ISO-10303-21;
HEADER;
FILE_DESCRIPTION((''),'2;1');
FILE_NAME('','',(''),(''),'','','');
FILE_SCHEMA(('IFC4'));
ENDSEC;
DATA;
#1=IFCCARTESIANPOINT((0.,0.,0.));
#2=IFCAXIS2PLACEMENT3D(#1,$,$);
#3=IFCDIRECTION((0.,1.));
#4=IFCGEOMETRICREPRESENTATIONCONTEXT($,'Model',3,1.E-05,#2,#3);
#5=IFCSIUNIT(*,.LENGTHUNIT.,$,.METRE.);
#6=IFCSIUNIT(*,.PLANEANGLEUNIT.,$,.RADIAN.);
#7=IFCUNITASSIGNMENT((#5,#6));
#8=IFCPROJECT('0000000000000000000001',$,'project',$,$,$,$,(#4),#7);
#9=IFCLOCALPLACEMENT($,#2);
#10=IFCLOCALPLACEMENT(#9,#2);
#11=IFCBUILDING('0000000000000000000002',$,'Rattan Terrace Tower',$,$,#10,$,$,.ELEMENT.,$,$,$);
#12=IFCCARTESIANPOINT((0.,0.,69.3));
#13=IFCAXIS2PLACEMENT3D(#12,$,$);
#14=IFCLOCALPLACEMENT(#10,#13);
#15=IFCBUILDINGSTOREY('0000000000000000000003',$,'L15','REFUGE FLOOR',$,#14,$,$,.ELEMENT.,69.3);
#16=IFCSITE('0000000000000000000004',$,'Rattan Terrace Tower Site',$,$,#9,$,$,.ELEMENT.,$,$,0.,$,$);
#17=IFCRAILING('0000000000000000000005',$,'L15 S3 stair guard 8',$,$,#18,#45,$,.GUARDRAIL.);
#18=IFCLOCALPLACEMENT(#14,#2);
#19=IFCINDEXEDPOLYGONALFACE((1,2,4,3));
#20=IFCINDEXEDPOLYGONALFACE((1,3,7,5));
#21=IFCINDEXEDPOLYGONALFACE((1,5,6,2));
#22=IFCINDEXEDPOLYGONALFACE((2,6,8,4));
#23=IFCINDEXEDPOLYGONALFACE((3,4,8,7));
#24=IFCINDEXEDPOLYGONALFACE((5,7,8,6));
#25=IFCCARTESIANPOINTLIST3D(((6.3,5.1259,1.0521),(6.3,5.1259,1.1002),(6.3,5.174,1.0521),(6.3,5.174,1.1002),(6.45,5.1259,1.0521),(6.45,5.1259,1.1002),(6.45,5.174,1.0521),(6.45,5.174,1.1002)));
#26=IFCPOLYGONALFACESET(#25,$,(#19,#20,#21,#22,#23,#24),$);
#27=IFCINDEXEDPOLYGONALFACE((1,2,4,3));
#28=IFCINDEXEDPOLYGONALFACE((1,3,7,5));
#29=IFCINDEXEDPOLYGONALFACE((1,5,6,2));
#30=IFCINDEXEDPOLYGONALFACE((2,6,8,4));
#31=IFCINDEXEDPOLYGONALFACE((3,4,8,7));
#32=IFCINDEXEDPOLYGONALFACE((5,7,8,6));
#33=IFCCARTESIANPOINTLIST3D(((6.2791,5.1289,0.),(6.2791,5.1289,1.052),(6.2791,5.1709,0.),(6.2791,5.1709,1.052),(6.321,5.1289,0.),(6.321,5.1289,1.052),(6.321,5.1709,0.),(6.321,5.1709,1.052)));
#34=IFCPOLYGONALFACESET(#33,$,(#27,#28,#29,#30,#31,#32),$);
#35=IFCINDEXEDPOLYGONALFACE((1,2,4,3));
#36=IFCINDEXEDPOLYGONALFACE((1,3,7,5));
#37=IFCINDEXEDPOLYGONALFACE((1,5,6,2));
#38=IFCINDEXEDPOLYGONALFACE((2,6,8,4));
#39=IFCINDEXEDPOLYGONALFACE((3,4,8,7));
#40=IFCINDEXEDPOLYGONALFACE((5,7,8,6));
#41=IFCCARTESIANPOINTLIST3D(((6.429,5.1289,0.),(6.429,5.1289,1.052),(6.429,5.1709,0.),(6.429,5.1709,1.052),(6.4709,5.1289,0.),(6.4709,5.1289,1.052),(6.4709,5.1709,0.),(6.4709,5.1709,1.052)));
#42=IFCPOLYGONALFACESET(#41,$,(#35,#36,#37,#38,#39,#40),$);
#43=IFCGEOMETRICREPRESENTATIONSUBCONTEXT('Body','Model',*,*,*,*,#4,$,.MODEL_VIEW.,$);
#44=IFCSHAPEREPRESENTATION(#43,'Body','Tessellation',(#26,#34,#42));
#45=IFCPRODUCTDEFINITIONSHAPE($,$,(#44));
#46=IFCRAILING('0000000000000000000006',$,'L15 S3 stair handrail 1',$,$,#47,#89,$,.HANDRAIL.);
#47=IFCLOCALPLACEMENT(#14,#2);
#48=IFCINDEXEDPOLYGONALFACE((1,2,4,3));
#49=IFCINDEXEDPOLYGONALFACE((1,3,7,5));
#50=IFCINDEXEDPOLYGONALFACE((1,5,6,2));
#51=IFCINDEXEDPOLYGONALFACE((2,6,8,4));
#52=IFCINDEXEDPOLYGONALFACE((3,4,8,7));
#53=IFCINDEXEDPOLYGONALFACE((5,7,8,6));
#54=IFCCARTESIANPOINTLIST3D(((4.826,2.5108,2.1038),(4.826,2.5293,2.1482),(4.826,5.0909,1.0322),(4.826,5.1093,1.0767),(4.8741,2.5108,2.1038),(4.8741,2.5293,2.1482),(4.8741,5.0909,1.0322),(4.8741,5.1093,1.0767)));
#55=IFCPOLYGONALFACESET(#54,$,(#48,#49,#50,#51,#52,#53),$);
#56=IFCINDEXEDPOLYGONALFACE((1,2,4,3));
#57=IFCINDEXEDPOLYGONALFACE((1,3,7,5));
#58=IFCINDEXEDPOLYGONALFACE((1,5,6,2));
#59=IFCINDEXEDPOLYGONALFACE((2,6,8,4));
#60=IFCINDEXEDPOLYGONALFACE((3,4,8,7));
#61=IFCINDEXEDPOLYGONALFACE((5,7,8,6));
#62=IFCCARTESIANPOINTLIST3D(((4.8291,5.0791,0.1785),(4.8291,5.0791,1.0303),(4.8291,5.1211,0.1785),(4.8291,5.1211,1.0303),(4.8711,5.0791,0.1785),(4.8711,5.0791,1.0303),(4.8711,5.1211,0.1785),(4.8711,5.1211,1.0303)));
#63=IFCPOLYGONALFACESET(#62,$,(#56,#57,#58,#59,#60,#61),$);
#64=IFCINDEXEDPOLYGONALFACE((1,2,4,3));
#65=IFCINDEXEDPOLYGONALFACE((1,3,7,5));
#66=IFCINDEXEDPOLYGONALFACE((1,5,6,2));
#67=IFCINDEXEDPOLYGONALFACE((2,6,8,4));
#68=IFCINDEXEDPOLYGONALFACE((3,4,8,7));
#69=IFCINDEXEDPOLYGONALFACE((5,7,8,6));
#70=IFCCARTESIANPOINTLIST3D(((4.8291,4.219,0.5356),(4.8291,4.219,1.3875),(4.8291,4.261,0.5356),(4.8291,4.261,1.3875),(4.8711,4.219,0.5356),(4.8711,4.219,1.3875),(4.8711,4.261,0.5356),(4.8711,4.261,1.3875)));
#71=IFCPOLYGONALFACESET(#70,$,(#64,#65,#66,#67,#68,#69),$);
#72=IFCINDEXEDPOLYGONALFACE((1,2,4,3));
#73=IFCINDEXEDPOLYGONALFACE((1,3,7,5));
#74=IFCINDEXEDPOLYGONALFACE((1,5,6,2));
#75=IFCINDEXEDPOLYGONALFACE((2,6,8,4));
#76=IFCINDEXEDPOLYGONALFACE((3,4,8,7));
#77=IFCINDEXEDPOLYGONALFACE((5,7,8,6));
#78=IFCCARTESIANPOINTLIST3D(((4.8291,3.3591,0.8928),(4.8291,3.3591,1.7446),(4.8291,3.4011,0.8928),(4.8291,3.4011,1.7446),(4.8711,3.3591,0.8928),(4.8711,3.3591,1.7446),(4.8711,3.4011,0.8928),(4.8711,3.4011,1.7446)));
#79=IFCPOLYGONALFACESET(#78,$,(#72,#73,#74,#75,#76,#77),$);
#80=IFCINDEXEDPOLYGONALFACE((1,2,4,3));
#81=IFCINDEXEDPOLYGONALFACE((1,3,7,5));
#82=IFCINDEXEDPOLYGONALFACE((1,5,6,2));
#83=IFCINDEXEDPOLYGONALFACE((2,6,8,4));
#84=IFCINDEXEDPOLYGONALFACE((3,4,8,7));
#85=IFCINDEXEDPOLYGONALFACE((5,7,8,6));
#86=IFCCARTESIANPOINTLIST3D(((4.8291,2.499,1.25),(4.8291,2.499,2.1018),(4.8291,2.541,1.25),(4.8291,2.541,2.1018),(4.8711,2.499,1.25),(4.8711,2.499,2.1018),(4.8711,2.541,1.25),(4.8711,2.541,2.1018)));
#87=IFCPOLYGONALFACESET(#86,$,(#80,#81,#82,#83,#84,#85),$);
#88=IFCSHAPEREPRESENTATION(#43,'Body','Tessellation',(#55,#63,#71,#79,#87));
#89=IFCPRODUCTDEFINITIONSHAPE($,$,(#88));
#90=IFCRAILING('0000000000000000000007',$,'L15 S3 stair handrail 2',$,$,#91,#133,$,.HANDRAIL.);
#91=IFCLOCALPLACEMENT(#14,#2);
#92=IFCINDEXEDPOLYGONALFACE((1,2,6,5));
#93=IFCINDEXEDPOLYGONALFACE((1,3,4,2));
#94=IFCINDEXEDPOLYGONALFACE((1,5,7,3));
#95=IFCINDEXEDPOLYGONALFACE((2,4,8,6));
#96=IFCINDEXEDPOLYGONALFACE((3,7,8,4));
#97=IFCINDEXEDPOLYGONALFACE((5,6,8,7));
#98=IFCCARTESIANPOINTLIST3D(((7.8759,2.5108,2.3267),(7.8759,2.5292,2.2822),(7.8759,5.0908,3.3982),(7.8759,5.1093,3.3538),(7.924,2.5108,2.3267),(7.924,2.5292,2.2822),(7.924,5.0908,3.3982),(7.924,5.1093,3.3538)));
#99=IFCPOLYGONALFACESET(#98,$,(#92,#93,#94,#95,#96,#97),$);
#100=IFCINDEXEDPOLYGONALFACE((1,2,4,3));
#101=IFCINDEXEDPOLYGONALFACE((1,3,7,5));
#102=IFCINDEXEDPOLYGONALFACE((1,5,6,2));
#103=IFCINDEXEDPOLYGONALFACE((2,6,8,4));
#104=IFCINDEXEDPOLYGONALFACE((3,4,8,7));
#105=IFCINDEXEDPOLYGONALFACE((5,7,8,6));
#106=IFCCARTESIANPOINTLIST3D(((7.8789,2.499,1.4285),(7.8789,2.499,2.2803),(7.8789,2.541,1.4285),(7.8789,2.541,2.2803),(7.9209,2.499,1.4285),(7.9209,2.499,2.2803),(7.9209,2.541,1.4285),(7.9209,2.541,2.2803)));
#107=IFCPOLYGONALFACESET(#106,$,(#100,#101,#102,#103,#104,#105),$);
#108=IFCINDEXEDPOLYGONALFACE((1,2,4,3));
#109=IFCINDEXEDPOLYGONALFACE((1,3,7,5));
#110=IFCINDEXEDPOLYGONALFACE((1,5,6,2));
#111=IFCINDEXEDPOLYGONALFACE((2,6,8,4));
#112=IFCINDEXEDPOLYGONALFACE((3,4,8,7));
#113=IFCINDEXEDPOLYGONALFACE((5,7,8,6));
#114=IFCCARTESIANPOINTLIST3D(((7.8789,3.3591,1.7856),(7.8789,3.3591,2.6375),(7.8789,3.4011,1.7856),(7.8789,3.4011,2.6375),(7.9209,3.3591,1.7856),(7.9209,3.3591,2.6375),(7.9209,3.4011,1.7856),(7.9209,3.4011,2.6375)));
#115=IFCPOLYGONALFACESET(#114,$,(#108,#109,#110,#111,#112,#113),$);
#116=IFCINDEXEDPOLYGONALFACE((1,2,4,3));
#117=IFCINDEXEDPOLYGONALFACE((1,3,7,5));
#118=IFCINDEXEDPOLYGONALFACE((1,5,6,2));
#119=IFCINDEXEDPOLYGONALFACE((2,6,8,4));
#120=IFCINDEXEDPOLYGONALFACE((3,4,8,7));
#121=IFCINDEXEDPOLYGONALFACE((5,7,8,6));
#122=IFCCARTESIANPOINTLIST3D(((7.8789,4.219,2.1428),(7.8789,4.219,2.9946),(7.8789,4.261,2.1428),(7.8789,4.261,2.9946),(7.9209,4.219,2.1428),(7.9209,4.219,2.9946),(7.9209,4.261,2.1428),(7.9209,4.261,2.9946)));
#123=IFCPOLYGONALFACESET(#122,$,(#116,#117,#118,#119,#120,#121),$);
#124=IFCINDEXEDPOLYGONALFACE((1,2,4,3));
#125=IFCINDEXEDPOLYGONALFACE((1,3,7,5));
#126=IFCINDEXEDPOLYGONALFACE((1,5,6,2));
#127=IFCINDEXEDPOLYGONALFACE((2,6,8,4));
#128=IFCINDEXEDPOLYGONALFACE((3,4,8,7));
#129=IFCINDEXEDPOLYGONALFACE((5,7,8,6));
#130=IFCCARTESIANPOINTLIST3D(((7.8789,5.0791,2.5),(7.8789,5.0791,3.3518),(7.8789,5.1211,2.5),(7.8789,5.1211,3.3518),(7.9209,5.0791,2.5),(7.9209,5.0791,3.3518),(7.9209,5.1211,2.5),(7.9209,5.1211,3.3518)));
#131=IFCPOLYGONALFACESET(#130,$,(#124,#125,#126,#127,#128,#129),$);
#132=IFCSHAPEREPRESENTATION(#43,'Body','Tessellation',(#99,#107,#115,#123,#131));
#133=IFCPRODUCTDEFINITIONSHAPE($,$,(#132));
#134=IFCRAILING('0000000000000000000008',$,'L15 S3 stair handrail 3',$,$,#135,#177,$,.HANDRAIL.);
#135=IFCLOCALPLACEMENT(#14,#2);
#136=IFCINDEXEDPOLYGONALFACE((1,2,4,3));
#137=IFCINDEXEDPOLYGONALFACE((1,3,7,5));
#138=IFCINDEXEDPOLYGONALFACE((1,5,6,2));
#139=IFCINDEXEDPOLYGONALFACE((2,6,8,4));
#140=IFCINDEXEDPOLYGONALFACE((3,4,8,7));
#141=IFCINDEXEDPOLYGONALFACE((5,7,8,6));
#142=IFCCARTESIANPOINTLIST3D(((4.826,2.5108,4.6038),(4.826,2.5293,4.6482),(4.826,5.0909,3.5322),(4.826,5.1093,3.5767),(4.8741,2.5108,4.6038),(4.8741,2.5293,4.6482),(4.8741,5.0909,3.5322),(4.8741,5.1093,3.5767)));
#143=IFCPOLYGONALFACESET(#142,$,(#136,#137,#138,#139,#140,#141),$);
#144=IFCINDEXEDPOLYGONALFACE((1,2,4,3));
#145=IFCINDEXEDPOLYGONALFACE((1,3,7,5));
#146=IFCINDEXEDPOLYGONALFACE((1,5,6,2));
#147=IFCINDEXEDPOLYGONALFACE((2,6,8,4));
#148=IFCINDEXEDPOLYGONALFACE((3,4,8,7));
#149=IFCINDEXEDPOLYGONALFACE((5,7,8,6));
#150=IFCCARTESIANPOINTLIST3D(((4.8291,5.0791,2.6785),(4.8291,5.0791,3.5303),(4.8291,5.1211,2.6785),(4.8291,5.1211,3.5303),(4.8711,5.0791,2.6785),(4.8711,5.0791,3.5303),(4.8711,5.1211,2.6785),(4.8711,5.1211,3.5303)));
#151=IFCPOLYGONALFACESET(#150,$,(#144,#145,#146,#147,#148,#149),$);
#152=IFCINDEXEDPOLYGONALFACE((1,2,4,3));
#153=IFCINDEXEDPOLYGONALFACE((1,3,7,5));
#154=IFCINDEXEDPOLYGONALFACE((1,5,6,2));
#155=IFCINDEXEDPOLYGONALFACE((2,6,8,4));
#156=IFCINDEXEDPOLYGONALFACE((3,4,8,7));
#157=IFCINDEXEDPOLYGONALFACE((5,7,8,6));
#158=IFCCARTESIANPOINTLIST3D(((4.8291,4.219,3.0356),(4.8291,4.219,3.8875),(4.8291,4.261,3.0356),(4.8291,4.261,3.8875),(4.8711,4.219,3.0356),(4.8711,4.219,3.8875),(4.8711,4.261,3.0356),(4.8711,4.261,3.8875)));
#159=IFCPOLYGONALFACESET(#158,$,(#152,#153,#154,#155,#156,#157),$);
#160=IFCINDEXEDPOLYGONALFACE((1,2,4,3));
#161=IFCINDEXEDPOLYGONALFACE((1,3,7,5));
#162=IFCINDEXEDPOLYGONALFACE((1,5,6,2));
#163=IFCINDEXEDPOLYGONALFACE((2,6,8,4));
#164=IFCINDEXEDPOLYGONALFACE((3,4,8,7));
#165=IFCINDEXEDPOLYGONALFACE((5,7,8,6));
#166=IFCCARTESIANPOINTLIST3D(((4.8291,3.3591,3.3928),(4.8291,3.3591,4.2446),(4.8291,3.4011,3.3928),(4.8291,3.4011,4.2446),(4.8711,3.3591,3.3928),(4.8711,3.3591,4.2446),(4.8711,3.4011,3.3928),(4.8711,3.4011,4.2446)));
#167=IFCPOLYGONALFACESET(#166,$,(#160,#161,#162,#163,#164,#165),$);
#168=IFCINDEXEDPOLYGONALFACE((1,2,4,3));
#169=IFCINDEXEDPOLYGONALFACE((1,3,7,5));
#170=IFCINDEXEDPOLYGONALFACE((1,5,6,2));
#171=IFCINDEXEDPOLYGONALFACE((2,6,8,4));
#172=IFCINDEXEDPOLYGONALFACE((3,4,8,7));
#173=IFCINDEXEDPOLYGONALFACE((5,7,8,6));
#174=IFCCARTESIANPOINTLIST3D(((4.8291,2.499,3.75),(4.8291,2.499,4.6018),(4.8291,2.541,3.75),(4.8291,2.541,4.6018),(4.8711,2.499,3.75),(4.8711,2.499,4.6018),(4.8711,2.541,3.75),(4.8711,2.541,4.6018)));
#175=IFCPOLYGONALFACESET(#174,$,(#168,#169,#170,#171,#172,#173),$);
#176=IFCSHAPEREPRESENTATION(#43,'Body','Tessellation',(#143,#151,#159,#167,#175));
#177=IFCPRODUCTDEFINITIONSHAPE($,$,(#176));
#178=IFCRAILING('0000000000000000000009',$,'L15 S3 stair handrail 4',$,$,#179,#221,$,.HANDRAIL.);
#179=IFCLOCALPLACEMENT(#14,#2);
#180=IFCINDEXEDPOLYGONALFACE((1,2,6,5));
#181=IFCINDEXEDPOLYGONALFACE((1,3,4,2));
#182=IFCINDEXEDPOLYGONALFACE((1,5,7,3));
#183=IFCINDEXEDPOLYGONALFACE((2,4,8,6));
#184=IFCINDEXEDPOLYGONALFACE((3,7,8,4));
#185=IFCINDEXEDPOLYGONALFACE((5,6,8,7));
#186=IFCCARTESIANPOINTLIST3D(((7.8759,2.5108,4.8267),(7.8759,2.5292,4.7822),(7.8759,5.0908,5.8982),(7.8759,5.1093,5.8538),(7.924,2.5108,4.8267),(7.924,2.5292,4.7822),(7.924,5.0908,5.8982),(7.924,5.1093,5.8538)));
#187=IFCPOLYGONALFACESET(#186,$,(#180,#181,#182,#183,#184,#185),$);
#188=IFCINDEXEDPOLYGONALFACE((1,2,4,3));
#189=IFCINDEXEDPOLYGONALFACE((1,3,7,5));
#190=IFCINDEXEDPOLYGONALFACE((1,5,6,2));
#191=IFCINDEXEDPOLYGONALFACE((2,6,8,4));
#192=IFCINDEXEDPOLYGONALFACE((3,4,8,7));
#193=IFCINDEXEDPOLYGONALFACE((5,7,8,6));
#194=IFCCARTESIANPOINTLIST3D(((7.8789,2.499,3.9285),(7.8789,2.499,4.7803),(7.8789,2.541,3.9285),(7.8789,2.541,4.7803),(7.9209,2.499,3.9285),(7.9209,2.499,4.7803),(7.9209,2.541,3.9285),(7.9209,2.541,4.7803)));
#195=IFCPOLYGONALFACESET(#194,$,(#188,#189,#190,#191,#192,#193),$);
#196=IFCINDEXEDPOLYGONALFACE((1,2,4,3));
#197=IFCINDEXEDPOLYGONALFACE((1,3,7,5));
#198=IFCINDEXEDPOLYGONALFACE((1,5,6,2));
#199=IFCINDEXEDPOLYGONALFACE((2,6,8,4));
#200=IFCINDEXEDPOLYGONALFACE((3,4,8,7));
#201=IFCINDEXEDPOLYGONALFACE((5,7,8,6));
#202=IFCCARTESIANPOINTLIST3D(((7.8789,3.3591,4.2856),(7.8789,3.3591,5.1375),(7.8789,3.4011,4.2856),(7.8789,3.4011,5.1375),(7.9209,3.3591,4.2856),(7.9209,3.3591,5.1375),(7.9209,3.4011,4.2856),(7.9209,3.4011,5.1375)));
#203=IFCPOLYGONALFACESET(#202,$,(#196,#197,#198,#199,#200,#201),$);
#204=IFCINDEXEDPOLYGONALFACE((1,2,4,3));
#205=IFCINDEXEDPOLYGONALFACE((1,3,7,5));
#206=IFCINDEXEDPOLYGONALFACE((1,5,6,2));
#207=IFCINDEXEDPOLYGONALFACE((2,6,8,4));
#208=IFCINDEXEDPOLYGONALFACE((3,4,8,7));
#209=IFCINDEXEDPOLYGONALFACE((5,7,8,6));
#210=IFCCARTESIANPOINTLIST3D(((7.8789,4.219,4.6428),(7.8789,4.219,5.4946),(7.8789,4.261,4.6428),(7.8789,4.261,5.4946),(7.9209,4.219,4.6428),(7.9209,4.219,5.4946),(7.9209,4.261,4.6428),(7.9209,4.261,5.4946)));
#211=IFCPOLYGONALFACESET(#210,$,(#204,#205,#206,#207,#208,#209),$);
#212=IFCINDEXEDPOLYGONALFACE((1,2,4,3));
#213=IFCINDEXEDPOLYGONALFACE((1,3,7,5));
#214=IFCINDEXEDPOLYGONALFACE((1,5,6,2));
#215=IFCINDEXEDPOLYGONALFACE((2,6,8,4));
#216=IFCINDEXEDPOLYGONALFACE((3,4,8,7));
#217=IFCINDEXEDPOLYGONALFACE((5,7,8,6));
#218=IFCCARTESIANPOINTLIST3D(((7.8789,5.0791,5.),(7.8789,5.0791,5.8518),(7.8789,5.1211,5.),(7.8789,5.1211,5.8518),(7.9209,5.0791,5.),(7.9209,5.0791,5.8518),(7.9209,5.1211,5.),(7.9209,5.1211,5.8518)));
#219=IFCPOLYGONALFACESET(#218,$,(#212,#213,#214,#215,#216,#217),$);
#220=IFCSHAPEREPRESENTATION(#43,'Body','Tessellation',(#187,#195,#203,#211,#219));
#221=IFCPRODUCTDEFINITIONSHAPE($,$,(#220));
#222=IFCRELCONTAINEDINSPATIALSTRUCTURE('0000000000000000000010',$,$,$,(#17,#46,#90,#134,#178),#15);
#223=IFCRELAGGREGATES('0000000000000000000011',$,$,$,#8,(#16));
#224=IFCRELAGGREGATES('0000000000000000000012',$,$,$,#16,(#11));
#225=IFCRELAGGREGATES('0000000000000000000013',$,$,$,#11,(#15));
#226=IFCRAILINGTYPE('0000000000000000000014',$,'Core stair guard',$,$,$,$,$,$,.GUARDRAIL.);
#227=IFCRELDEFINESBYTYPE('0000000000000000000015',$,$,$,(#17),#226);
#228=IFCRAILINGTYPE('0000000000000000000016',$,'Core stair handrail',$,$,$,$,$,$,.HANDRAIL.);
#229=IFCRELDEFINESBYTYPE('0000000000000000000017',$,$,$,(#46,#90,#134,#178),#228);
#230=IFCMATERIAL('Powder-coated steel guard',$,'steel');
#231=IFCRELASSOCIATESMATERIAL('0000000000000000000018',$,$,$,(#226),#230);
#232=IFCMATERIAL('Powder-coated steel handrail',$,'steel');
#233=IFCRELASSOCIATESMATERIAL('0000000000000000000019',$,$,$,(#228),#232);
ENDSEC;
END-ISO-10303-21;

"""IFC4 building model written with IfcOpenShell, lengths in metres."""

from ifc_helpers import new_model, si_unit, direction, frame, origin, origin_2d, place, context, subcontext, project, spatial, rectangle, extrude, material, type_object, element, save


model = new_model("IFC4")

# Units and contexts
model_context = context("Model", 3, precision=1e-05, world=origin(), true_north=direction((0.0, 1.0)))
body_context = subcontext(model_context, "Body", "Model", "MODEL_VIEW")
ifc_project = project(units=[si_unit("LENGTHUNIT", "METRE"), si_unit("PLANEANGLEUNIT", "RADIAN")], contexts=[model_context])

# Site, building, storey
site_placement = place(None, origin())
site = spatial("IfcSite", under=ifc_project, at=site_placement, Name="Rattan Terrace Tower Site", CompositionType="ELEMENT", RefElevation=0.0)
building_placement = place(site_placement, origin())
building = spatial("IfcBuilding", under=site, at=building_placement, Name="Rattan Terrace Tower", CompositionType="ELEMENT")
storey_placement = place(building_placement, frame((0.0, 0.0, 69.3)))
storey = spatial("IfcBuildingStorey", under=building, at=storey_placement, Name="L15", Description="REFUGE FLOOR", CompositionType="ELEMENT", Elevation=69.3)

# Railings
ifc_material_1 = material(Name="Powder-coated steel guard", Category="steel")
railing_type_1 = type_object("IfcRailingType", Name="Core stair guard", PredefinedType="GUARDRAIL", material=ifc_material_1)
railing_1_placement = place(storey_placement, frame((6.3, 5.1499, 0.0)))
element("IfcRailing", 1, at=railing_1_placement, inside=storey, type_object=railing_type_1, Name="L15 S3 stair guard 8", PredefinedType="GUARDRAIL", context=body_context, shape_type="SweptSolid", body=[
    extrude(rectangle(XDim=0.0481, YDim=0.0481, at=origin_2d()), frame((0.0, 0.0, 1.0762), z_axis=(1.0, 0.0, 0.0), x_axis=(0.0, 1.0, 0.0)), (0.0, 0.0, 1.0), 0.1499),
    extrude(rectangle(XDim=0.042, YDim=0.042, at=origin_2d()), origin(), (0.0, 0.0, 1.0), 1.052),
    extrude(rectangle(XDim=0.042, YDim=0.042, at=origin_2d()), frame((0.1499, 0.0, 0.0)), (0.0, 0.0, 1.0), 1.052),
])
ifc_material_2 = material(Name="Powder-coated steel handrail", Category="steel")
railing_type_2 = type_object("IfcRailingType", Name="Core stair handrail", PredefinedType="HANDRAIL", material=ifc_material_2)
railing_2_placement = place(storey_placement, frame((4.8501, 5.1001, 0.1785)))
element("IfcRailing", 2, at=railing_2_placement, inside=storey, type_object=railing_type_2, Name="L15 S3 stair handrail 1", PredefinedType="HANDRAIL", context=body_context, shape_type="SweptSolid", body=[
    extrude(rectangle(XDim=0.0481, YDim=0.0481, at=origin_2d()), frame((0.0, 0.0, 0.876), z_axis=(0.0, -0.923521, 0.383548), x_axis=(1.0, 0.0, 0.0)), (0.0, 0.0, 1.0), 2.7937),
    extrude(rectangle(XDim=0.042, YDim=0.042, at=origin_2d()), origin(), (0.0, 0.0, 1.0), 0.8518),
    extrude(rectangle(XDim=0.042, YDim=0.042, at=origin_2d()), frame((0.0, -0.8601, 0.3572)), (0.0, 0.0, 1.0), 0.8518),
    extrude(rectangle(XDim=0.042, YDim=0.042, at=origin_2d()), frame((0.0, -1.72, 0.7144)), (0.0, 0.0, 1.0), 0.8518),
    extrude(rectangle(XDim=0.042, YDim=0.042, at=origin_2d()), frame((0.0, -2.5801, 1.0715)), (0.0, 0.0, 1.0), 0.8518),
])
railing_3_placement = place(storey_placement, frame((7.8999, 2.52, 1.4285)))
element("IfcRailing", 3, at=railing_3_placement, inside=storey, type_object=railing_type_2, Name="L15 S3 stair handrail 2", PredefinedType="HANDRAIL", context=body_context, shape_type="SweptSolid", body=[
    extrude(rectangle(XDim=0.0481, YDim=0.0481, at=origin_2d()), frame((0.0, 0.0, 0.876), z_axis=(0.0, 0.923521, 0.383548), x_axis=(-1.0, 0.0, 0.0)), (0.0, 0.0, 1.0), 2.7937),
    extrude(rectangle(XDim=0.042, YDim=0.042, at=origin_2d()), origin(), (0.0, 0.0, 1.0), 0.8518),
    extrude(rectangle(XDim=0.042, YDim=0.042, at=origin_2d()), frame((0.0, 0.8601, 0.3572)), (0.0, 0.0, 1.0), 0.8518),
    extrude(rectangle(XDim=0.042, YDim=0.042, at=origin_2d()), frame((0.0, 1.72, 0.7144)), (0.0, 0.0, 1.0), 0.8518),
    extrude(rectangle(XDim=0.042, YDim=0.042, at=origin_2d()), frame((0.0, 2.5801, 1.0715)), (0.0, 0.0, 1.0), 0.8518),
])
railing_4_placement = place(storey_placement, frame((4.8501, 5.1001, 2.6785)))
element("IfcRailing", 4, at=railing_4_placement, inside=storey, type_object=railing_type_2, Name="L15 S3 stair handrail 3", PredefinedType="HANDRAIL", context=body_context, shape_type="SweptSolid", body=[
    extrude(rectangle(XDim=0.0481, YDim=0.0481, at=origin_2d()), frame((0.0, 0.0, 0.876), z_axis=(0.0, -0.923521, 0.383548), x_axis=(1.0, 0.0, 0.0)), (0.0, 0.0, 1.0), 2.7937),
    extrude(rectangle(XDim=0.042, YDim=0.042, at=origin_2d()), origin(), (0.0, 0.0, 1.0), 0.8518),
    extrude(rectangle(XDim=0.042, YDim=0.042, at=origin_2d()), frame((0.0, -0.8601, 0.3572)), (0.0, 0.0, 1.0), 0.8518),
    extrude(rectangle(XDim=0.042, YDim=0.042, at=origin_2d()), frame((0.0, -1.72, 0.7144)), (0.0, 0.0, 1.0), 0.8518),
    extrude(rectangle(XDim=0.042, YDim=0.042, at=origin_2d()), frame((0.0, -2.5801, 1.0715)), (0.0, 0.0, 1.0), 0.8518),
])
railing_5_placement = place(storey_placement, frame((7.8999, 2.52, 3.9285)))
element("IfcRailing", 5, at=railing_5_placement, inside=storey, type_object=railing_type_2, Name="L15 S3 stair handrail 4", PredefinedType="HANDRAIL", context=body_context, shape_type="SweptSolid", body=[
    extrude(rectangle(XDim=0.0481, YDim=0.0481, at=origin_2d()), frame((0.0, 0.0, 0.876), z_axis=(0.0, 0.923521, 0.383548), x_axis=(-1.0, 0.0, 0.0)), (0.0, 0.0, 1.0), 2.7937),
    extrude(rectangle(XDim=0.042, YDim=0.042, at=origin_2d()), origin(), (0.0, 0.0, 1.0), 0.8518),
    extrude(rectangle(XDim=0.042, YDim=0.042, at=origin_2d()), frame((0.0, 0.8601, 0.3572)), (0.0, 0.0, 1.0), 0.8518),
    extrude(rectangle(XDim=0.042, YDim=0.042, at=origin_2d()), frame((0.0, 1.72, 0.7144)), (0.0, 0.0, 1.0), 0.8518),
    extrude(rectangle(XDim=0.042, YDim=0.042, at=origin_2d()), frame((0.0, 2.5801, 1.0715)), (0.0, 0.0, 1.0), 0.8518),
])

save(model, "model.ifc")
